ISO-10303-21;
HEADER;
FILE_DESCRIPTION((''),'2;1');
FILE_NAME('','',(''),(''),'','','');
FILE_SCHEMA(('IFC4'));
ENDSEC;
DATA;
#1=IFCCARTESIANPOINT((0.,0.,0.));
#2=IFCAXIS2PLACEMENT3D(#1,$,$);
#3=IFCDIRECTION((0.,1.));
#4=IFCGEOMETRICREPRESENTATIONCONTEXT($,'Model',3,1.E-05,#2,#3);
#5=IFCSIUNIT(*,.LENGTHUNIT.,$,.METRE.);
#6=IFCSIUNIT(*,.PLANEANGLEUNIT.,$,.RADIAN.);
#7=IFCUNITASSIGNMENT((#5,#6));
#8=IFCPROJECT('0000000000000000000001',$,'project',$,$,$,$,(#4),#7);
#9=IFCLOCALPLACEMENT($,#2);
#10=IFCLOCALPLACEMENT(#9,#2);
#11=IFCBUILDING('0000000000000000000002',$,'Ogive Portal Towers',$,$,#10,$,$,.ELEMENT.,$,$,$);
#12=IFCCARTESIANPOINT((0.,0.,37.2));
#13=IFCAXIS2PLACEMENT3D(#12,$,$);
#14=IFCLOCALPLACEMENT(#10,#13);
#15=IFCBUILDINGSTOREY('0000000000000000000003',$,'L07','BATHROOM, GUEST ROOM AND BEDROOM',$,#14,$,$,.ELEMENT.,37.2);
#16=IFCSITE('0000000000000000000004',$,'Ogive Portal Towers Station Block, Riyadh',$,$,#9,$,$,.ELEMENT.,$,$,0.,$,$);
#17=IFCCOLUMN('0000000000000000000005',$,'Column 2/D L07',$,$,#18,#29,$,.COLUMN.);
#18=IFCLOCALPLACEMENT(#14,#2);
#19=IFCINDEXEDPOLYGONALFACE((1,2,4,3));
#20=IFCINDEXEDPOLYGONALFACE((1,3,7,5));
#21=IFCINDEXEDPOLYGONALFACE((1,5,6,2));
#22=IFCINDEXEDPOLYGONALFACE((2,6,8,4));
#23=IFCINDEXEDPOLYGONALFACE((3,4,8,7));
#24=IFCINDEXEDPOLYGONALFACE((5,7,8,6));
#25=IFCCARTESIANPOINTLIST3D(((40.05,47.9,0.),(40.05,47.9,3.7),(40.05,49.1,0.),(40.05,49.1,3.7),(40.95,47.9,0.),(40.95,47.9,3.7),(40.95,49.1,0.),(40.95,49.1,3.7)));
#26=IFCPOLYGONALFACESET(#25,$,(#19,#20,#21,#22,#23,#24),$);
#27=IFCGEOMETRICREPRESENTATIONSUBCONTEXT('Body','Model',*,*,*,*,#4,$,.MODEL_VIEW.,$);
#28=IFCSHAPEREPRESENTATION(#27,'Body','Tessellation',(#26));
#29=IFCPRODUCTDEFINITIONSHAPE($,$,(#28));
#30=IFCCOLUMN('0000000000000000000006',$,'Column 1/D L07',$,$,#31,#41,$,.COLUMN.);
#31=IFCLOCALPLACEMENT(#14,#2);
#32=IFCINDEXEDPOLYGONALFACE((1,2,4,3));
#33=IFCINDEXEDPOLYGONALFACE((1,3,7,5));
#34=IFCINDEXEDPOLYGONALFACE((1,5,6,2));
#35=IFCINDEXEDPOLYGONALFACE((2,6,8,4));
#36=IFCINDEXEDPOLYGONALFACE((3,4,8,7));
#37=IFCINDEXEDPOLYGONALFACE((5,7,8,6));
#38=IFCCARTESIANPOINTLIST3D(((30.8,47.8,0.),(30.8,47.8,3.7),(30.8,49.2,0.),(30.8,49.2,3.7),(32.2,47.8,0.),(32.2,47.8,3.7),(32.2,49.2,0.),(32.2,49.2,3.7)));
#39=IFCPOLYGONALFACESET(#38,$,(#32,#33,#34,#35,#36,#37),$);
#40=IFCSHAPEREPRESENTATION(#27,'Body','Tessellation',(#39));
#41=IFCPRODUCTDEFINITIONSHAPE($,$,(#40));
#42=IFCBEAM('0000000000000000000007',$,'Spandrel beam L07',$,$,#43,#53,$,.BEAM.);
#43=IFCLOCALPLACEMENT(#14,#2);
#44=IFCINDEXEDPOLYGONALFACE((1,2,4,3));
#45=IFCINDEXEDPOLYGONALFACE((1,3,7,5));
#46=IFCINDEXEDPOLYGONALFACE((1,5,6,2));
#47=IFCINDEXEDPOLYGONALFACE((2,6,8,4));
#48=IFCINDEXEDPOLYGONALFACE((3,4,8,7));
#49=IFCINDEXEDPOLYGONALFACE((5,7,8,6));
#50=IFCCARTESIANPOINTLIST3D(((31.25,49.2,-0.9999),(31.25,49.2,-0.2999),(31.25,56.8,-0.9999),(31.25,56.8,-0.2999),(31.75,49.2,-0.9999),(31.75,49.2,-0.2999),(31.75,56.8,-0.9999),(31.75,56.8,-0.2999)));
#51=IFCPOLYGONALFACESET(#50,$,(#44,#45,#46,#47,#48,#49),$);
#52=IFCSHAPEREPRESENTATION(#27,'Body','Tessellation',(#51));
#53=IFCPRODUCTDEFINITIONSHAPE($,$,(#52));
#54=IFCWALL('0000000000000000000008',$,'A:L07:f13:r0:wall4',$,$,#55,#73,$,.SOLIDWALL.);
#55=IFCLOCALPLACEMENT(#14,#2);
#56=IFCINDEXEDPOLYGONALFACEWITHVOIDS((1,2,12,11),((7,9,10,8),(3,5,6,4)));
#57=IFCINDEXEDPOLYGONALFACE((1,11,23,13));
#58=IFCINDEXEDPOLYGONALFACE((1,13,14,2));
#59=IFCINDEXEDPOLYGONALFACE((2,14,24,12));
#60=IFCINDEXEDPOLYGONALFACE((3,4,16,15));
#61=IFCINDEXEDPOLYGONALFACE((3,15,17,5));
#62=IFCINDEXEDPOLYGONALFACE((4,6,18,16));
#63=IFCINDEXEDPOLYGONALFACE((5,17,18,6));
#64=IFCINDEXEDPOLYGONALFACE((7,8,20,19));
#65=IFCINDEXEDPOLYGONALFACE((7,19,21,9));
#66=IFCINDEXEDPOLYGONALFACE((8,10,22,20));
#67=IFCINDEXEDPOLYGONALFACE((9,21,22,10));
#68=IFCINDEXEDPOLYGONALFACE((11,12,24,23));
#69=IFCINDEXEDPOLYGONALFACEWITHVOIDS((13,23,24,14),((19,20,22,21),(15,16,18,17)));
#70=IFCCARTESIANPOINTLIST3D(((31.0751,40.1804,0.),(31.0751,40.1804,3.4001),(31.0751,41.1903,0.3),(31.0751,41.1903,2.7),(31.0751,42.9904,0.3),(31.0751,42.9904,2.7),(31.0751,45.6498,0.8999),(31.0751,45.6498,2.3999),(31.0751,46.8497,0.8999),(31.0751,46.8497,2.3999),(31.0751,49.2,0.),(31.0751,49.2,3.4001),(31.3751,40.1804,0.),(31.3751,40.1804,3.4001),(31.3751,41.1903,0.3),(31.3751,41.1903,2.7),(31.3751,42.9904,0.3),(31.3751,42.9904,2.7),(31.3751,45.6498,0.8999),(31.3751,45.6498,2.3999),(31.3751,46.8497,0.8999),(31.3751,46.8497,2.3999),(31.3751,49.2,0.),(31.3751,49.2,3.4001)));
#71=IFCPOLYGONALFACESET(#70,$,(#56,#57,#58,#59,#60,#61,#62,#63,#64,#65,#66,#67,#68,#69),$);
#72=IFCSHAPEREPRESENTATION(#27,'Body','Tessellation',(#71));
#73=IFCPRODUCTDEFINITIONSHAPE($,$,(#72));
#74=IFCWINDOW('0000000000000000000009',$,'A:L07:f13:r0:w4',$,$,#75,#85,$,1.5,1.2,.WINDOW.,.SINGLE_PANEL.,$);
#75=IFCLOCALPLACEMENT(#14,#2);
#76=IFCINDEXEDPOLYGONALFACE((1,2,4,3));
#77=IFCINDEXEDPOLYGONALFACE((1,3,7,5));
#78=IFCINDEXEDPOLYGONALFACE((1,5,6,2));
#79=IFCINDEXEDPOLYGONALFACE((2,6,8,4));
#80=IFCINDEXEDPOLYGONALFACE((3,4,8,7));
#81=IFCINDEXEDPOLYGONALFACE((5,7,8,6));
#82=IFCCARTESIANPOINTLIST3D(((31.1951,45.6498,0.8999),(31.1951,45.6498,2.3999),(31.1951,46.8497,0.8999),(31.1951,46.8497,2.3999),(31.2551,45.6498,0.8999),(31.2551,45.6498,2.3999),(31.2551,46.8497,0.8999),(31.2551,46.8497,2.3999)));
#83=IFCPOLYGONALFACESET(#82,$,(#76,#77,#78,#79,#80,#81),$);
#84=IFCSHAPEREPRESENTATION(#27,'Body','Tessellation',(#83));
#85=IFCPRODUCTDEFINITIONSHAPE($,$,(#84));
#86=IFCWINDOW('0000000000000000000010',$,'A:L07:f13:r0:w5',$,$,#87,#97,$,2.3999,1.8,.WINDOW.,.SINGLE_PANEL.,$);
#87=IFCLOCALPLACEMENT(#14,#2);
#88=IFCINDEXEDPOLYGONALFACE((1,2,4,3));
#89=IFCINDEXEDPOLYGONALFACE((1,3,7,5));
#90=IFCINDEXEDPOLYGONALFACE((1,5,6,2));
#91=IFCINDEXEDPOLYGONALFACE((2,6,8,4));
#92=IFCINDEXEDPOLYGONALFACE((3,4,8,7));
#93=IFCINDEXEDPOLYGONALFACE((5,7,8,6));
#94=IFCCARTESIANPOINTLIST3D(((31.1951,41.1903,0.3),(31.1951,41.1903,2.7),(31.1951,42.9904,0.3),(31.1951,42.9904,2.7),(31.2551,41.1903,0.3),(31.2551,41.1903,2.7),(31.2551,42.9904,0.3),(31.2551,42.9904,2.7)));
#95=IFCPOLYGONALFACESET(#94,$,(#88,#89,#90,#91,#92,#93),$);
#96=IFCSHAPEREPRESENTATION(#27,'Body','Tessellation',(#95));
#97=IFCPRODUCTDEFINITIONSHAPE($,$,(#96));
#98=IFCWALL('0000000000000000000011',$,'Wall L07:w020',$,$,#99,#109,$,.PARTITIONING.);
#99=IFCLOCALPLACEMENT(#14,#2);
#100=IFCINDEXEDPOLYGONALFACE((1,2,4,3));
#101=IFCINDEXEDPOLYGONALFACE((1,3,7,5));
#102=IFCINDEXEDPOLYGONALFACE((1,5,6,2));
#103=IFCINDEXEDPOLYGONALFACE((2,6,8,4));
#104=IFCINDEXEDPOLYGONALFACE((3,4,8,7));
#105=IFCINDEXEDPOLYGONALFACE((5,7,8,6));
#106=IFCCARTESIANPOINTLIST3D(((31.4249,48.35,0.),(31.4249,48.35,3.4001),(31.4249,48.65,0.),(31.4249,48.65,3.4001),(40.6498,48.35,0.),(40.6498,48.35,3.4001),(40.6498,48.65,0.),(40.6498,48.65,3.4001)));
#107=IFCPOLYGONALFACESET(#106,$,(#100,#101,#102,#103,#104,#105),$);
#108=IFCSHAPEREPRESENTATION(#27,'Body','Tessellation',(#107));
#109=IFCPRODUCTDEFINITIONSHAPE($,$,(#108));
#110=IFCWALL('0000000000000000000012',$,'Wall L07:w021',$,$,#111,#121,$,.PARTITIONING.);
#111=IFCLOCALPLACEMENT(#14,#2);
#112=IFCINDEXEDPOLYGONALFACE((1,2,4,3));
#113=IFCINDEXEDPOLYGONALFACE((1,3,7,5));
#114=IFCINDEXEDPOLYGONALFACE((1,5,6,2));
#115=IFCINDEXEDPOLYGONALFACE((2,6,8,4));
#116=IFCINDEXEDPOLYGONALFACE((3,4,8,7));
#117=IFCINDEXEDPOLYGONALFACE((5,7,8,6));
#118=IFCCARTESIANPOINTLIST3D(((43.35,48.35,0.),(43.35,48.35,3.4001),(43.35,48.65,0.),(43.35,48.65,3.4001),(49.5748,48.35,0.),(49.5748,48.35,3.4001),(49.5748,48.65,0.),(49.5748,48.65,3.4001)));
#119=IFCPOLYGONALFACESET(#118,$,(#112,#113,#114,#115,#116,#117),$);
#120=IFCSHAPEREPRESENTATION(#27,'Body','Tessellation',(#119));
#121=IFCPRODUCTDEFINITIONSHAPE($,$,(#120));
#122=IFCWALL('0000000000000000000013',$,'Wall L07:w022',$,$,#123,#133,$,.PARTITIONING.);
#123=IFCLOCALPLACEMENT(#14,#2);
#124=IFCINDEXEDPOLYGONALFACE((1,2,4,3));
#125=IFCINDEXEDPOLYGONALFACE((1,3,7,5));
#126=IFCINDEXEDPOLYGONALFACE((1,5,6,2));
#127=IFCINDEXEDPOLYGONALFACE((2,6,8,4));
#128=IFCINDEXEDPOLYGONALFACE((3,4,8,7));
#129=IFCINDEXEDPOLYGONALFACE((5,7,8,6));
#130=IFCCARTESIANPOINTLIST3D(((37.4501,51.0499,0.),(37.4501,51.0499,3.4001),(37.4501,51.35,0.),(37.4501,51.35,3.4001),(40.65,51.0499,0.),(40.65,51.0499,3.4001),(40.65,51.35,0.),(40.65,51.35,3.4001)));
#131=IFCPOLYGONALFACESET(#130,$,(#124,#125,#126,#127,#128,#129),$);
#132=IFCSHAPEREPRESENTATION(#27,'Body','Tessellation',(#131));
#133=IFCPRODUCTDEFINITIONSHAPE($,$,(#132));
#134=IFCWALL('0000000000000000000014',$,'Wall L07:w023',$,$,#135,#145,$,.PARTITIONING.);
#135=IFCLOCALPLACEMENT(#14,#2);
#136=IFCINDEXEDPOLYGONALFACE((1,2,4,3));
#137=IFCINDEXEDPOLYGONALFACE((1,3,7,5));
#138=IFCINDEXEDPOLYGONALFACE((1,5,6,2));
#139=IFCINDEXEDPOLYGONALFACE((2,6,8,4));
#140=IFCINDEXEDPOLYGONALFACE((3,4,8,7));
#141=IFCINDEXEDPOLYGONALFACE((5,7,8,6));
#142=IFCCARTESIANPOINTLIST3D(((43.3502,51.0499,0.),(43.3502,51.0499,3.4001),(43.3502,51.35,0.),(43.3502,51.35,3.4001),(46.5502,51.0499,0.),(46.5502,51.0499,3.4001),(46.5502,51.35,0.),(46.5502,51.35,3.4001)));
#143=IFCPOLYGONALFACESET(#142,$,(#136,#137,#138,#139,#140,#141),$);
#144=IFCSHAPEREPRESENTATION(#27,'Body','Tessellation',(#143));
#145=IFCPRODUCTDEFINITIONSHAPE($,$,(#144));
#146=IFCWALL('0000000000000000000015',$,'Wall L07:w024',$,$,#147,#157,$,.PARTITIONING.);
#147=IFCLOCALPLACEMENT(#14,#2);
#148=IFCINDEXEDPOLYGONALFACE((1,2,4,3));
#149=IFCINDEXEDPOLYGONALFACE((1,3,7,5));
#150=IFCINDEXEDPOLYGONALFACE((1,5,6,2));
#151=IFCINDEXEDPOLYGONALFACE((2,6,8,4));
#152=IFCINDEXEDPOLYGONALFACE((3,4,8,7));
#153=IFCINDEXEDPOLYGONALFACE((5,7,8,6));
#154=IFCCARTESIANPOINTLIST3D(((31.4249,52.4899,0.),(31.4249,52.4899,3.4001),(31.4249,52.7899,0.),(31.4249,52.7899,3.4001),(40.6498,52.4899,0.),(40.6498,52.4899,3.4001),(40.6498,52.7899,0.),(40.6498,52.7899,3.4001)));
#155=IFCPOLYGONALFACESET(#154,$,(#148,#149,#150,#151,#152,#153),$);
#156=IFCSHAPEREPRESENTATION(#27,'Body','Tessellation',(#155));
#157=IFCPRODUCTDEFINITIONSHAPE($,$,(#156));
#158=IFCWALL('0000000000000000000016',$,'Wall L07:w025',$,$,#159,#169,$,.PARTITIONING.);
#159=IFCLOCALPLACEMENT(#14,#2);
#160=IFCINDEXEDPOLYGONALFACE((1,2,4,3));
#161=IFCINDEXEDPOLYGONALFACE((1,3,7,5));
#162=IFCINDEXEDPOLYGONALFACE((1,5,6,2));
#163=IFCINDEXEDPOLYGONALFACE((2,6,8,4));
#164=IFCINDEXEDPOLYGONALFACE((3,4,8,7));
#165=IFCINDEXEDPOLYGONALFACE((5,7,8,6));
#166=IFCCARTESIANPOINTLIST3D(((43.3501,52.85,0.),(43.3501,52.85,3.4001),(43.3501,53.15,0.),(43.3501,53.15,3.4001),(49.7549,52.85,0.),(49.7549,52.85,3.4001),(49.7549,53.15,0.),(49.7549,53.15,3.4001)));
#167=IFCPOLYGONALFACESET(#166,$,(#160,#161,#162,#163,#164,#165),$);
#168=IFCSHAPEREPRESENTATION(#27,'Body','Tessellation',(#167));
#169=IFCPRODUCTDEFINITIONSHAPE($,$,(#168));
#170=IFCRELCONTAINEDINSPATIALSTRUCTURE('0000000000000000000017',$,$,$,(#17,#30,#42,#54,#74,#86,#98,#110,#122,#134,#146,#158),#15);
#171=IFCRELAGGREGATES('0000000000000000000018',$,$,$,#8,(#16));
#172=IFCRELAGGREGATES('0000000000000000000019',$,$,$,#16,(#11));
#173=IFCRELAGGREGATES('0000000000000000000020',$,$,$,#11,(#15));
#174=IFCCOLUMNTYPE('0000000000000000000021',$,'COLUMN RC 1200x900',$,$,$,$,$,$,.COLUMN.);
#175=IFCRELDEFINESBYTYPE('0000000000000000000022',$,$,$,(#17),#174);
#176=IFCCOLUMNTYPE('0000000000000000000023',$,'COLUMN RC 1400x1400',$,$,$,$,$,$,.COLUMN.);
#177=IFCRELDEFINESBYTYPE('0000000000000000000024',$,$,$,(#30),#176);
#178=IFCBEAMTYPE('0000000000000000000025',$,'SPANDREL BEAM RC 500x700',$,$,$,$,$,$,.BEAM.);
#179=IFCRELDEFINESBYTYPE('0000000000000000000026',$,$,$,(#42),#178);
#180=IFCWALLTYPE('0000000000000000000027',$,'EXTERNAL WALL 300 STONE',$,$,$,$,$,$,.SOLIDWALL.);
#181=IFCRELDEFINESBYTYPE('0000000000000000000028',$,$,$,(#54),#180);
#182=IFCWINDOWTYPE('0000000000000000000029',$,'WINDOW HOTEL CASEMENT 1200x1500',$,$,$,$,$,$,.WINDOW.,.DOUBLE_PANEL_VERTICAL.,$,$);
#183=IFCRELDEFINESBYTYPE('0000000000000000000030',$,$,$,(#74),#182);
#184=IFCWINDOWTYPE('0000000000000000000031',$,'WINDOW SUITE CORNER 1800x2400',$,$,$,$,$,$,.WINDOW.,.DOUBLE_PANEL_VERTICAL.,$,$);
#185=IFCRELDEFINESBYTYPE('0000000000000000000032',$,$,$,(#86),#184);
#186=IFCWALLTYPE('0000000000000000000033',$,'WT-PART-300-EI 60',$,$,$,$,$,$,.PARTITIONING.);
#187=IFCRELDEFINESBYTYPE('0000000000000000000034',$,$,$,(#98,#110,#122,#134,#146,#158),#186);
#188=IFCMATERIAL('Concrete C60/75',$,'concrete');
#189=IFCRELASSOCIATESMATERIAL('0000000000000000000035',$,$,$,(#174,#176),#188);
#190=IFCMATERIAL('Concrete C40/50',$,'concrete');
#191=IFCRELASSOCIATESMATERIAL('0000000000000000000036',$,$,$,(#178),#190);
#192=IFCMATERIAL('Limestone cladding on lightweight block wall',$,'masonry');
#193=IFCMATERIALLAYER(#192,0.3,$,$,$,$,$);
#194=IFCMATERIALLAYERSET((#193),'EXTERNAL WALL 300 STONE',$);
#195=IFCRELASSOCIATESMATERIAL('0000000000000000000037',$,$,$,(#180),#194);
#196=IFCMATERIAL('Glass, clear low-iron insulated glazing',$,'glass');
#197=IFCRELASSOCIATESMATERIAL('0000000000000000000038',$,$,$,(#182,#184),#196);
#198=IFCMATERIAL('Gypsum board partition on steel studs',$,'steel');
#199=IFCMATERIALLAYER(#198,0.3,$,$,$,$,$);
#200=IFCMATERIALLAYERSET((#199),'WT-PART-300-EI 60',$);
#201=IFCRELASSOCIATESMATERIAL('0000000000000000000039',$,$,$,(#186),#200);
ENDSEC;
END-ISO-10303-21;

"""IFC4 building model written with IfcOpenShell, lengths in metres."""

from ifc_helpers import new_model, si_unit, direction, frame, frame_2d, origin, origin_2d, place, context, subcontext, project, spatial, rectangle, extrude, material, layer, layer_set, material_profile, profile_set, type_object, element, fill, save


model = new_model("IFC4")

# Units and contexts
model_context = context("Model", 3, precision=1e-05, world=origin(), true_north=direction((0.0, 1.0)))
body_context = subcontext(model_context, "Body", "Model", "MODEL_VIEW")
ifc_project = project(units=[si_unit("LENGTHUNIT", "METRE"), si_unit("PLANEANGLEUNIT", "RADIAN")], contexts=[model_context])

# Site, building, storey
site_placement = place(None, origin())
site = spatial("IfcSite", under=ifc_project, at=site_placement, Name="Ogive Portal Towers Station Block, Riyadh", CompositionType="ELEMENT", RefElevation=0.0)
building_placement = place(site_placement, origin())
building = spatial("IfcBuilding", under=site, at=building_placement, Name="Ogive Portal Towers", CompositionType="ELEMENT")
storey_placement = place(building_placement, frame((0.0, 0.0, 37.2)))
storey = spatial("IfcBuildingStorey", under=building, at=storey_placement, Name="L07", Description="BATHROOM, GUEST ROOM AND BEDROOM", CompositionType="ELEMENT", Elevation=37.2)

# Columns
ifc_material_1 = material(Name="Concrete C60/75", Category="concrete")
ifc_material_profile_1 = material_profile(ifc_material_1, rectangle(XDim=1.2, YDim=0.8999, at=origin_2d()), Name="RC 1200x900")
ifc_profile_set_1 = profile_set([ifc_material_profile_1], Name="Concrete C60/75")
column_type_1 = type_object("IfcColumnType", Name="COLUMN RC 1200x900", PredefinedType="COLUMN", material=ifc_profile_set_1)
column_1_placement = place(storey_placement, frame((40.5, 48.5, 0.0), z_axis=(0.0, 0.0, 1.0), x_axis=(0.0, 1.0, 0.0)))
element("IfcColumn", 1, at=column_1_placement, inside=storey, type_object=column_type_1, Name="Column 2/D L07", PredefinedType="COLUMN", context=body_context, shape_type="SweptSolid", body=[
    extrude(rectangle(XDim=1.2, YDim=0.8999, at=origin_2d()), origin(), (0.0, 0.0, 1.0), 3.7),
])
ifc_material_profile_2 = material_profile(ifc_material_1, rectangle(XDim=1.3999, YDim=1.3999, at=origin_2d()), Name="RC 1400x1400")
ifc_profile_set_2 = profile_set([ifc_material_profile_2], Name="Concrete C60/75")
column_type_2 = type_object("IfcColumnType", Name="COLUMN RC 1400x1400", PredefinedType="COLUMN", material=ifc_profile_set_2)
column_2_placement = place(storey_placement, frame((31.5, 48.5, 0.0), z_axis=(0.0, 0.0, 1.0), x_axis=(1.0, 0.0, 0.0)))
element("IfcColumn", 2, at=column_2_placement, inside=storey, type_object=column_type_2, Name="Column 1/D L07", PredefinedType="COLUMN", context=body_context, shape_type="SweptSolid", body=[
    extrude(rectangle(XDim=1.3999, YDim=1.3999, at=origin_2d()), origin(), (0.0, 0.0, 1.0), 3.7),
])

# Beam
ifc_material_2 = material(Name="Concrete C40/50", Category="concrete")
ifc_material_profile_3 = material_profile(ifc_material_2, rectangle(XDim=0.5, YDim=0.7, at=origin_2d()), Name="RC 500x700")
ifc_profile_set_3 = profile_set([ifc_material_profile_3], Name="Concrete C40/50")
beam_type = type_object("IfcBeamType", Name="SPANDREL BEAM RC 500x700", PredefinedType="BEAM", material=ifc_profile_set_3)
beam_placement = place(storey_placement, frame((31.5, 49.2, -0.6499), z_axis=(0.0, 1.0, 0.0), x_axis=(-1.0, 0.0, 0.0)))
element("IfcBeam", 3, at=beam_placement, inside=storey, type_object=beam_type, Name="Spandrel beam L07", PredefinedType="BEAM", context=body_context, shape_type="SweptSolid", body=[
    extrude(rectangle(XDim=0.5, YDim=0.7, at=origin_2d()), origin(), (0.0, 0.0, 1.0), 7.6001),
])

# Wall, openings, windows
ifc_material_3 = material(Name="Limestone cladding on lightweight block wall", Category="masonry")
ifc_layer_1 = layer(ifc_material_3, 0.3)
ifc_layer_set_1 = layer_set([ifc_layer_1], Name="EXTERNAL WALL 300 STONE")
wall_type_1 = type_object("IfcWallType", Name="EXTERNAL WALL 300 STONE", PredefinedType="SOLIDWALL", material=ifc_layer_set_1)
wall_1_placement = place(storey_placement, frame((31.2251, 49.2, 0.0), z_axis=(0.0, 0.0, 1.0), x_axis=(0.0, -1.0, 0.0)))
wall_1 = element("IfcWall", 4, at=wall_1_placement, inside=storey, type_object=wall_type_1, Name="A:L07:f13:r0:wall4", PredefinedType="SOLIDWALL", context=body_context, shape_type="SweptSolid", body=[
    extrude(rectangle(XDim=9.0195, YDim=0.3, at=frame_2d((4.5098, 0.0))), origin(), (0.0, 0.0, 1.0), 3.4001),
])
opening_1_placement = place(wall_1_placement, frame((2.3501, 0.0, 0.8999)))
opening_1 = element("IfcOpeningElement", 5, at=opening_1_placement, cuts=wall_1, PredefinedType="OPENING", context=body_context, shape_type="SweptSolid", body=[
    extrude(rectangle(XDim=1.2, YDim=1.5, at=frame_2d((0.6001, 0.75))), frame((0.0, 0.1602, 0.0), z_axis=(0.0, -1.0, 0.0), x_axis=(1.0, 0.0, 0.0)), (0.0, 0.0, 1.0), 0.3201),
])
opening_2_placement = place(wall_1_placement, frame((6.2097, 0.0, 0.3)))
opening_2 = element("IfcOpeningElement", 6, at=opening_2_placement, cuts=wall_1, PredefinedType="OPENING", context=body_context, shape_type="SweptSolid", body=[
    extrude(rectangle(XDim=1.8, YDim=2.3999, at=frame_2d((0.8999, 1.2))), frame((0.0, 0.1602, 0.0), z_axis=(0.0, -1.0, 0.0), x_axis=(1.0, 0.0, 0.0)), (0.0, 0.0, 1.0), 0.3201),
])
ifc_material_4 = material(Name="Glass, clear low-iron insulated glazing", Category="glass")
window_type_1 = type_object("IfcWindowType", Name="WINDOW HOTEL CASEMENT 1200x1500", PartitioningType="DOUBLE_PANEL_VERTICAL", PredefinedType="WINDOW", material=ifc_material_4)
window_1_placement = place(opening_1_placement, origin())
window_1 = element("IfcWindow", 7, at=window_1_placement, inside=storey, type_object=window_type_1, Name="A:L07:f13:r0:w4", OverallHeight=1.5, OverallWidth=1.2, PartitioningType="SINGLE_PANEL", PredefinedType="WINDOW", context=body_context, shape_type="SweptSolid", body=[
    extrude(rectangle(XDim=1.2, YDim=1.5, at=frame_2d((0.6001, 0.75))), frame((0.0, 0.03, 0.0), z_axis=(0.0, -1.0, 0.0), x_axis=(1.0, 0.0, 0.0)), (0.0, 0.0, 1.0), 0.0601),
])
fill(opening_1, window_1)
window_type_2 = type_object("IfcWindowType", Name="WINDOW SUITE CORNER 1800x2400", PartitioningType="DOUBLE_PANEL_VERTICAL", PredefinedType="WINDOW", material=ifc_material_4)
window_2_placement = place(opening_2_placement, origin())
window_2 = element("IfcWindow", 8, at=window_2_placement, inside=storey, type_object=window_type_2, Name="A:L07:f13:r0:w5", OverallHeight=2.3999, OverallWidth=1.8, PartitioningType="SINGLE_PANEL", PredefinedType="WINDOW", context=body_context, shape_type="SweptSolid", body=[
    extrude(rectangle(XDim=1.8, YDim=2.3999, at=frame_2d((0.8999, 1.2))), frame((0.0, 0.03, 0.0), z_axis=(0.0, -1.0, 0.0), x_axis=(1.0, 0.0, 0.0)), (0.0, 0.0, 1.0), 0.0601),
])
fill(opening_2, window_2)

# Walls
ifc_material_5 = material(Name="Gypsum board partition on steel studs", Category="steel")
ifc_layer_2 = layer(ifc_material_5, 0.3)
ifc_layer_set_2 = layer_set([ifc_layer_2], Name="WT-PART-300-EI 60")
wall_type_2 = type_object("IfcWallType", Name="WT-PART-300-EI 60", PredefinedType="PARTITIONING", material=ifc_layer_set_2)
wall_2_placement = place(storey_placement, frame((31.425, 48.5, 0.0), z_axis=(0.0, 0.0, 1.0), x_axis=(1.0, 0.0, 0.0)))
element("IfcWall", 9, at=wall_2_placement, inside=storey, type_object=wall_type_2, Name="Wall L07:w020", PredefinedType="PARTITIONING", context=body_context, shape_type="SweptSolid", body=[
    extrude(rectangle(XDim=9.2249, YDim=0.3, at=frame_2d((4.6123, 0.0))), origin(), (0.0, 0.0, 1.0), 3.4001),
])
wall_3_placement = place(storey_placement, frame((43.3501, 48.5, 0.0), z_axis=(0.0, 0.0, 1.0), x_axis=(1.0, 0.0, 0.0)))
element("IfcWall", 10, at=wall_3_placement, inside=storey, type_object=wall_type_2, Name="Wall L07:w021", PredefinedType="PARTITIONING", context=body_context, shape_type="SweptSolid", body=[
    extrude(rectangle(XDim=6.2249, YDim=0.3, at=frame_2d((3.1123, 0.0))), origin(), (0.0, 0.0, 1.0), 3.4001),
])
for number, where, z_axis, x_axis, name in (
    (11, (37.45, 51.2, 0.0), (0.0, 0.0, 1.0), (1.0, 0.0, 0.0), "Wall L07:w022"),
    (12, (43.3501, 51.2, 0.0), (0.0, 0.0, 1.0), (1.0, 0.0, 0.0), "Wall L07:w023"),
):
    element("IfcWall", number, at=place(storey_placement, frame(where, z_axis=z_axis, x_axis=x_axis)), inside=storey, type_object=wall_type_2, Name=name, PredefinedType="PARTITIONING", context=body_context, shape_type="SweptSolid", body=[
        extrude(rectangle(XDim=3.2, YDim=0.3, at=frame_2d((1.6001, 0.0))), origin(), (0.0, 0.0, 1.0), 3.4001),
    ])
wall_4_placement = place(storey_placement, frame((31.425, 52.6399, 0.0), z_axis=(0.0, 0.0, 1.0), x_axis=(1.0, 0.0, 0.0)))
element("IfcWall", 13, at=wall_4_placement, inside=storey, type_object=wall_type_2, Name="Wall L07:w024", PredefinedType="PARTITIONING", context=body_context, shape_type="SweptSolid", body=[
    extrude(rectangle(XDim=9.2249, YDim=0.3, at=frame_2d((4.6123, 0.0))), origin(), (0.0, 0.0, 1.0), 3.4001),
])
wall_5_placement = place(storey_placement, frame((43.3501, 53.0, 0.0), z_axis=(0.0, 0.0, 1.0), x_axis=(1.0, 0.0, 0.0)))
element("IfcWall", 14, at=wall_5_placement, inside=storey, type_object=wall_type_2, Name="Wall L07:w025", PredefinedType="PARTITIONING", context=body_context, shape_type="SweptSolid", body=[
    extrude(rectangle(XDim=6.4048, YDim=0.3, at=frame_2d((3.2024, 0.0))), origin(), (0.0, 0.0, 1.0), 3.4001),
])

save(model, "model.ifc")
